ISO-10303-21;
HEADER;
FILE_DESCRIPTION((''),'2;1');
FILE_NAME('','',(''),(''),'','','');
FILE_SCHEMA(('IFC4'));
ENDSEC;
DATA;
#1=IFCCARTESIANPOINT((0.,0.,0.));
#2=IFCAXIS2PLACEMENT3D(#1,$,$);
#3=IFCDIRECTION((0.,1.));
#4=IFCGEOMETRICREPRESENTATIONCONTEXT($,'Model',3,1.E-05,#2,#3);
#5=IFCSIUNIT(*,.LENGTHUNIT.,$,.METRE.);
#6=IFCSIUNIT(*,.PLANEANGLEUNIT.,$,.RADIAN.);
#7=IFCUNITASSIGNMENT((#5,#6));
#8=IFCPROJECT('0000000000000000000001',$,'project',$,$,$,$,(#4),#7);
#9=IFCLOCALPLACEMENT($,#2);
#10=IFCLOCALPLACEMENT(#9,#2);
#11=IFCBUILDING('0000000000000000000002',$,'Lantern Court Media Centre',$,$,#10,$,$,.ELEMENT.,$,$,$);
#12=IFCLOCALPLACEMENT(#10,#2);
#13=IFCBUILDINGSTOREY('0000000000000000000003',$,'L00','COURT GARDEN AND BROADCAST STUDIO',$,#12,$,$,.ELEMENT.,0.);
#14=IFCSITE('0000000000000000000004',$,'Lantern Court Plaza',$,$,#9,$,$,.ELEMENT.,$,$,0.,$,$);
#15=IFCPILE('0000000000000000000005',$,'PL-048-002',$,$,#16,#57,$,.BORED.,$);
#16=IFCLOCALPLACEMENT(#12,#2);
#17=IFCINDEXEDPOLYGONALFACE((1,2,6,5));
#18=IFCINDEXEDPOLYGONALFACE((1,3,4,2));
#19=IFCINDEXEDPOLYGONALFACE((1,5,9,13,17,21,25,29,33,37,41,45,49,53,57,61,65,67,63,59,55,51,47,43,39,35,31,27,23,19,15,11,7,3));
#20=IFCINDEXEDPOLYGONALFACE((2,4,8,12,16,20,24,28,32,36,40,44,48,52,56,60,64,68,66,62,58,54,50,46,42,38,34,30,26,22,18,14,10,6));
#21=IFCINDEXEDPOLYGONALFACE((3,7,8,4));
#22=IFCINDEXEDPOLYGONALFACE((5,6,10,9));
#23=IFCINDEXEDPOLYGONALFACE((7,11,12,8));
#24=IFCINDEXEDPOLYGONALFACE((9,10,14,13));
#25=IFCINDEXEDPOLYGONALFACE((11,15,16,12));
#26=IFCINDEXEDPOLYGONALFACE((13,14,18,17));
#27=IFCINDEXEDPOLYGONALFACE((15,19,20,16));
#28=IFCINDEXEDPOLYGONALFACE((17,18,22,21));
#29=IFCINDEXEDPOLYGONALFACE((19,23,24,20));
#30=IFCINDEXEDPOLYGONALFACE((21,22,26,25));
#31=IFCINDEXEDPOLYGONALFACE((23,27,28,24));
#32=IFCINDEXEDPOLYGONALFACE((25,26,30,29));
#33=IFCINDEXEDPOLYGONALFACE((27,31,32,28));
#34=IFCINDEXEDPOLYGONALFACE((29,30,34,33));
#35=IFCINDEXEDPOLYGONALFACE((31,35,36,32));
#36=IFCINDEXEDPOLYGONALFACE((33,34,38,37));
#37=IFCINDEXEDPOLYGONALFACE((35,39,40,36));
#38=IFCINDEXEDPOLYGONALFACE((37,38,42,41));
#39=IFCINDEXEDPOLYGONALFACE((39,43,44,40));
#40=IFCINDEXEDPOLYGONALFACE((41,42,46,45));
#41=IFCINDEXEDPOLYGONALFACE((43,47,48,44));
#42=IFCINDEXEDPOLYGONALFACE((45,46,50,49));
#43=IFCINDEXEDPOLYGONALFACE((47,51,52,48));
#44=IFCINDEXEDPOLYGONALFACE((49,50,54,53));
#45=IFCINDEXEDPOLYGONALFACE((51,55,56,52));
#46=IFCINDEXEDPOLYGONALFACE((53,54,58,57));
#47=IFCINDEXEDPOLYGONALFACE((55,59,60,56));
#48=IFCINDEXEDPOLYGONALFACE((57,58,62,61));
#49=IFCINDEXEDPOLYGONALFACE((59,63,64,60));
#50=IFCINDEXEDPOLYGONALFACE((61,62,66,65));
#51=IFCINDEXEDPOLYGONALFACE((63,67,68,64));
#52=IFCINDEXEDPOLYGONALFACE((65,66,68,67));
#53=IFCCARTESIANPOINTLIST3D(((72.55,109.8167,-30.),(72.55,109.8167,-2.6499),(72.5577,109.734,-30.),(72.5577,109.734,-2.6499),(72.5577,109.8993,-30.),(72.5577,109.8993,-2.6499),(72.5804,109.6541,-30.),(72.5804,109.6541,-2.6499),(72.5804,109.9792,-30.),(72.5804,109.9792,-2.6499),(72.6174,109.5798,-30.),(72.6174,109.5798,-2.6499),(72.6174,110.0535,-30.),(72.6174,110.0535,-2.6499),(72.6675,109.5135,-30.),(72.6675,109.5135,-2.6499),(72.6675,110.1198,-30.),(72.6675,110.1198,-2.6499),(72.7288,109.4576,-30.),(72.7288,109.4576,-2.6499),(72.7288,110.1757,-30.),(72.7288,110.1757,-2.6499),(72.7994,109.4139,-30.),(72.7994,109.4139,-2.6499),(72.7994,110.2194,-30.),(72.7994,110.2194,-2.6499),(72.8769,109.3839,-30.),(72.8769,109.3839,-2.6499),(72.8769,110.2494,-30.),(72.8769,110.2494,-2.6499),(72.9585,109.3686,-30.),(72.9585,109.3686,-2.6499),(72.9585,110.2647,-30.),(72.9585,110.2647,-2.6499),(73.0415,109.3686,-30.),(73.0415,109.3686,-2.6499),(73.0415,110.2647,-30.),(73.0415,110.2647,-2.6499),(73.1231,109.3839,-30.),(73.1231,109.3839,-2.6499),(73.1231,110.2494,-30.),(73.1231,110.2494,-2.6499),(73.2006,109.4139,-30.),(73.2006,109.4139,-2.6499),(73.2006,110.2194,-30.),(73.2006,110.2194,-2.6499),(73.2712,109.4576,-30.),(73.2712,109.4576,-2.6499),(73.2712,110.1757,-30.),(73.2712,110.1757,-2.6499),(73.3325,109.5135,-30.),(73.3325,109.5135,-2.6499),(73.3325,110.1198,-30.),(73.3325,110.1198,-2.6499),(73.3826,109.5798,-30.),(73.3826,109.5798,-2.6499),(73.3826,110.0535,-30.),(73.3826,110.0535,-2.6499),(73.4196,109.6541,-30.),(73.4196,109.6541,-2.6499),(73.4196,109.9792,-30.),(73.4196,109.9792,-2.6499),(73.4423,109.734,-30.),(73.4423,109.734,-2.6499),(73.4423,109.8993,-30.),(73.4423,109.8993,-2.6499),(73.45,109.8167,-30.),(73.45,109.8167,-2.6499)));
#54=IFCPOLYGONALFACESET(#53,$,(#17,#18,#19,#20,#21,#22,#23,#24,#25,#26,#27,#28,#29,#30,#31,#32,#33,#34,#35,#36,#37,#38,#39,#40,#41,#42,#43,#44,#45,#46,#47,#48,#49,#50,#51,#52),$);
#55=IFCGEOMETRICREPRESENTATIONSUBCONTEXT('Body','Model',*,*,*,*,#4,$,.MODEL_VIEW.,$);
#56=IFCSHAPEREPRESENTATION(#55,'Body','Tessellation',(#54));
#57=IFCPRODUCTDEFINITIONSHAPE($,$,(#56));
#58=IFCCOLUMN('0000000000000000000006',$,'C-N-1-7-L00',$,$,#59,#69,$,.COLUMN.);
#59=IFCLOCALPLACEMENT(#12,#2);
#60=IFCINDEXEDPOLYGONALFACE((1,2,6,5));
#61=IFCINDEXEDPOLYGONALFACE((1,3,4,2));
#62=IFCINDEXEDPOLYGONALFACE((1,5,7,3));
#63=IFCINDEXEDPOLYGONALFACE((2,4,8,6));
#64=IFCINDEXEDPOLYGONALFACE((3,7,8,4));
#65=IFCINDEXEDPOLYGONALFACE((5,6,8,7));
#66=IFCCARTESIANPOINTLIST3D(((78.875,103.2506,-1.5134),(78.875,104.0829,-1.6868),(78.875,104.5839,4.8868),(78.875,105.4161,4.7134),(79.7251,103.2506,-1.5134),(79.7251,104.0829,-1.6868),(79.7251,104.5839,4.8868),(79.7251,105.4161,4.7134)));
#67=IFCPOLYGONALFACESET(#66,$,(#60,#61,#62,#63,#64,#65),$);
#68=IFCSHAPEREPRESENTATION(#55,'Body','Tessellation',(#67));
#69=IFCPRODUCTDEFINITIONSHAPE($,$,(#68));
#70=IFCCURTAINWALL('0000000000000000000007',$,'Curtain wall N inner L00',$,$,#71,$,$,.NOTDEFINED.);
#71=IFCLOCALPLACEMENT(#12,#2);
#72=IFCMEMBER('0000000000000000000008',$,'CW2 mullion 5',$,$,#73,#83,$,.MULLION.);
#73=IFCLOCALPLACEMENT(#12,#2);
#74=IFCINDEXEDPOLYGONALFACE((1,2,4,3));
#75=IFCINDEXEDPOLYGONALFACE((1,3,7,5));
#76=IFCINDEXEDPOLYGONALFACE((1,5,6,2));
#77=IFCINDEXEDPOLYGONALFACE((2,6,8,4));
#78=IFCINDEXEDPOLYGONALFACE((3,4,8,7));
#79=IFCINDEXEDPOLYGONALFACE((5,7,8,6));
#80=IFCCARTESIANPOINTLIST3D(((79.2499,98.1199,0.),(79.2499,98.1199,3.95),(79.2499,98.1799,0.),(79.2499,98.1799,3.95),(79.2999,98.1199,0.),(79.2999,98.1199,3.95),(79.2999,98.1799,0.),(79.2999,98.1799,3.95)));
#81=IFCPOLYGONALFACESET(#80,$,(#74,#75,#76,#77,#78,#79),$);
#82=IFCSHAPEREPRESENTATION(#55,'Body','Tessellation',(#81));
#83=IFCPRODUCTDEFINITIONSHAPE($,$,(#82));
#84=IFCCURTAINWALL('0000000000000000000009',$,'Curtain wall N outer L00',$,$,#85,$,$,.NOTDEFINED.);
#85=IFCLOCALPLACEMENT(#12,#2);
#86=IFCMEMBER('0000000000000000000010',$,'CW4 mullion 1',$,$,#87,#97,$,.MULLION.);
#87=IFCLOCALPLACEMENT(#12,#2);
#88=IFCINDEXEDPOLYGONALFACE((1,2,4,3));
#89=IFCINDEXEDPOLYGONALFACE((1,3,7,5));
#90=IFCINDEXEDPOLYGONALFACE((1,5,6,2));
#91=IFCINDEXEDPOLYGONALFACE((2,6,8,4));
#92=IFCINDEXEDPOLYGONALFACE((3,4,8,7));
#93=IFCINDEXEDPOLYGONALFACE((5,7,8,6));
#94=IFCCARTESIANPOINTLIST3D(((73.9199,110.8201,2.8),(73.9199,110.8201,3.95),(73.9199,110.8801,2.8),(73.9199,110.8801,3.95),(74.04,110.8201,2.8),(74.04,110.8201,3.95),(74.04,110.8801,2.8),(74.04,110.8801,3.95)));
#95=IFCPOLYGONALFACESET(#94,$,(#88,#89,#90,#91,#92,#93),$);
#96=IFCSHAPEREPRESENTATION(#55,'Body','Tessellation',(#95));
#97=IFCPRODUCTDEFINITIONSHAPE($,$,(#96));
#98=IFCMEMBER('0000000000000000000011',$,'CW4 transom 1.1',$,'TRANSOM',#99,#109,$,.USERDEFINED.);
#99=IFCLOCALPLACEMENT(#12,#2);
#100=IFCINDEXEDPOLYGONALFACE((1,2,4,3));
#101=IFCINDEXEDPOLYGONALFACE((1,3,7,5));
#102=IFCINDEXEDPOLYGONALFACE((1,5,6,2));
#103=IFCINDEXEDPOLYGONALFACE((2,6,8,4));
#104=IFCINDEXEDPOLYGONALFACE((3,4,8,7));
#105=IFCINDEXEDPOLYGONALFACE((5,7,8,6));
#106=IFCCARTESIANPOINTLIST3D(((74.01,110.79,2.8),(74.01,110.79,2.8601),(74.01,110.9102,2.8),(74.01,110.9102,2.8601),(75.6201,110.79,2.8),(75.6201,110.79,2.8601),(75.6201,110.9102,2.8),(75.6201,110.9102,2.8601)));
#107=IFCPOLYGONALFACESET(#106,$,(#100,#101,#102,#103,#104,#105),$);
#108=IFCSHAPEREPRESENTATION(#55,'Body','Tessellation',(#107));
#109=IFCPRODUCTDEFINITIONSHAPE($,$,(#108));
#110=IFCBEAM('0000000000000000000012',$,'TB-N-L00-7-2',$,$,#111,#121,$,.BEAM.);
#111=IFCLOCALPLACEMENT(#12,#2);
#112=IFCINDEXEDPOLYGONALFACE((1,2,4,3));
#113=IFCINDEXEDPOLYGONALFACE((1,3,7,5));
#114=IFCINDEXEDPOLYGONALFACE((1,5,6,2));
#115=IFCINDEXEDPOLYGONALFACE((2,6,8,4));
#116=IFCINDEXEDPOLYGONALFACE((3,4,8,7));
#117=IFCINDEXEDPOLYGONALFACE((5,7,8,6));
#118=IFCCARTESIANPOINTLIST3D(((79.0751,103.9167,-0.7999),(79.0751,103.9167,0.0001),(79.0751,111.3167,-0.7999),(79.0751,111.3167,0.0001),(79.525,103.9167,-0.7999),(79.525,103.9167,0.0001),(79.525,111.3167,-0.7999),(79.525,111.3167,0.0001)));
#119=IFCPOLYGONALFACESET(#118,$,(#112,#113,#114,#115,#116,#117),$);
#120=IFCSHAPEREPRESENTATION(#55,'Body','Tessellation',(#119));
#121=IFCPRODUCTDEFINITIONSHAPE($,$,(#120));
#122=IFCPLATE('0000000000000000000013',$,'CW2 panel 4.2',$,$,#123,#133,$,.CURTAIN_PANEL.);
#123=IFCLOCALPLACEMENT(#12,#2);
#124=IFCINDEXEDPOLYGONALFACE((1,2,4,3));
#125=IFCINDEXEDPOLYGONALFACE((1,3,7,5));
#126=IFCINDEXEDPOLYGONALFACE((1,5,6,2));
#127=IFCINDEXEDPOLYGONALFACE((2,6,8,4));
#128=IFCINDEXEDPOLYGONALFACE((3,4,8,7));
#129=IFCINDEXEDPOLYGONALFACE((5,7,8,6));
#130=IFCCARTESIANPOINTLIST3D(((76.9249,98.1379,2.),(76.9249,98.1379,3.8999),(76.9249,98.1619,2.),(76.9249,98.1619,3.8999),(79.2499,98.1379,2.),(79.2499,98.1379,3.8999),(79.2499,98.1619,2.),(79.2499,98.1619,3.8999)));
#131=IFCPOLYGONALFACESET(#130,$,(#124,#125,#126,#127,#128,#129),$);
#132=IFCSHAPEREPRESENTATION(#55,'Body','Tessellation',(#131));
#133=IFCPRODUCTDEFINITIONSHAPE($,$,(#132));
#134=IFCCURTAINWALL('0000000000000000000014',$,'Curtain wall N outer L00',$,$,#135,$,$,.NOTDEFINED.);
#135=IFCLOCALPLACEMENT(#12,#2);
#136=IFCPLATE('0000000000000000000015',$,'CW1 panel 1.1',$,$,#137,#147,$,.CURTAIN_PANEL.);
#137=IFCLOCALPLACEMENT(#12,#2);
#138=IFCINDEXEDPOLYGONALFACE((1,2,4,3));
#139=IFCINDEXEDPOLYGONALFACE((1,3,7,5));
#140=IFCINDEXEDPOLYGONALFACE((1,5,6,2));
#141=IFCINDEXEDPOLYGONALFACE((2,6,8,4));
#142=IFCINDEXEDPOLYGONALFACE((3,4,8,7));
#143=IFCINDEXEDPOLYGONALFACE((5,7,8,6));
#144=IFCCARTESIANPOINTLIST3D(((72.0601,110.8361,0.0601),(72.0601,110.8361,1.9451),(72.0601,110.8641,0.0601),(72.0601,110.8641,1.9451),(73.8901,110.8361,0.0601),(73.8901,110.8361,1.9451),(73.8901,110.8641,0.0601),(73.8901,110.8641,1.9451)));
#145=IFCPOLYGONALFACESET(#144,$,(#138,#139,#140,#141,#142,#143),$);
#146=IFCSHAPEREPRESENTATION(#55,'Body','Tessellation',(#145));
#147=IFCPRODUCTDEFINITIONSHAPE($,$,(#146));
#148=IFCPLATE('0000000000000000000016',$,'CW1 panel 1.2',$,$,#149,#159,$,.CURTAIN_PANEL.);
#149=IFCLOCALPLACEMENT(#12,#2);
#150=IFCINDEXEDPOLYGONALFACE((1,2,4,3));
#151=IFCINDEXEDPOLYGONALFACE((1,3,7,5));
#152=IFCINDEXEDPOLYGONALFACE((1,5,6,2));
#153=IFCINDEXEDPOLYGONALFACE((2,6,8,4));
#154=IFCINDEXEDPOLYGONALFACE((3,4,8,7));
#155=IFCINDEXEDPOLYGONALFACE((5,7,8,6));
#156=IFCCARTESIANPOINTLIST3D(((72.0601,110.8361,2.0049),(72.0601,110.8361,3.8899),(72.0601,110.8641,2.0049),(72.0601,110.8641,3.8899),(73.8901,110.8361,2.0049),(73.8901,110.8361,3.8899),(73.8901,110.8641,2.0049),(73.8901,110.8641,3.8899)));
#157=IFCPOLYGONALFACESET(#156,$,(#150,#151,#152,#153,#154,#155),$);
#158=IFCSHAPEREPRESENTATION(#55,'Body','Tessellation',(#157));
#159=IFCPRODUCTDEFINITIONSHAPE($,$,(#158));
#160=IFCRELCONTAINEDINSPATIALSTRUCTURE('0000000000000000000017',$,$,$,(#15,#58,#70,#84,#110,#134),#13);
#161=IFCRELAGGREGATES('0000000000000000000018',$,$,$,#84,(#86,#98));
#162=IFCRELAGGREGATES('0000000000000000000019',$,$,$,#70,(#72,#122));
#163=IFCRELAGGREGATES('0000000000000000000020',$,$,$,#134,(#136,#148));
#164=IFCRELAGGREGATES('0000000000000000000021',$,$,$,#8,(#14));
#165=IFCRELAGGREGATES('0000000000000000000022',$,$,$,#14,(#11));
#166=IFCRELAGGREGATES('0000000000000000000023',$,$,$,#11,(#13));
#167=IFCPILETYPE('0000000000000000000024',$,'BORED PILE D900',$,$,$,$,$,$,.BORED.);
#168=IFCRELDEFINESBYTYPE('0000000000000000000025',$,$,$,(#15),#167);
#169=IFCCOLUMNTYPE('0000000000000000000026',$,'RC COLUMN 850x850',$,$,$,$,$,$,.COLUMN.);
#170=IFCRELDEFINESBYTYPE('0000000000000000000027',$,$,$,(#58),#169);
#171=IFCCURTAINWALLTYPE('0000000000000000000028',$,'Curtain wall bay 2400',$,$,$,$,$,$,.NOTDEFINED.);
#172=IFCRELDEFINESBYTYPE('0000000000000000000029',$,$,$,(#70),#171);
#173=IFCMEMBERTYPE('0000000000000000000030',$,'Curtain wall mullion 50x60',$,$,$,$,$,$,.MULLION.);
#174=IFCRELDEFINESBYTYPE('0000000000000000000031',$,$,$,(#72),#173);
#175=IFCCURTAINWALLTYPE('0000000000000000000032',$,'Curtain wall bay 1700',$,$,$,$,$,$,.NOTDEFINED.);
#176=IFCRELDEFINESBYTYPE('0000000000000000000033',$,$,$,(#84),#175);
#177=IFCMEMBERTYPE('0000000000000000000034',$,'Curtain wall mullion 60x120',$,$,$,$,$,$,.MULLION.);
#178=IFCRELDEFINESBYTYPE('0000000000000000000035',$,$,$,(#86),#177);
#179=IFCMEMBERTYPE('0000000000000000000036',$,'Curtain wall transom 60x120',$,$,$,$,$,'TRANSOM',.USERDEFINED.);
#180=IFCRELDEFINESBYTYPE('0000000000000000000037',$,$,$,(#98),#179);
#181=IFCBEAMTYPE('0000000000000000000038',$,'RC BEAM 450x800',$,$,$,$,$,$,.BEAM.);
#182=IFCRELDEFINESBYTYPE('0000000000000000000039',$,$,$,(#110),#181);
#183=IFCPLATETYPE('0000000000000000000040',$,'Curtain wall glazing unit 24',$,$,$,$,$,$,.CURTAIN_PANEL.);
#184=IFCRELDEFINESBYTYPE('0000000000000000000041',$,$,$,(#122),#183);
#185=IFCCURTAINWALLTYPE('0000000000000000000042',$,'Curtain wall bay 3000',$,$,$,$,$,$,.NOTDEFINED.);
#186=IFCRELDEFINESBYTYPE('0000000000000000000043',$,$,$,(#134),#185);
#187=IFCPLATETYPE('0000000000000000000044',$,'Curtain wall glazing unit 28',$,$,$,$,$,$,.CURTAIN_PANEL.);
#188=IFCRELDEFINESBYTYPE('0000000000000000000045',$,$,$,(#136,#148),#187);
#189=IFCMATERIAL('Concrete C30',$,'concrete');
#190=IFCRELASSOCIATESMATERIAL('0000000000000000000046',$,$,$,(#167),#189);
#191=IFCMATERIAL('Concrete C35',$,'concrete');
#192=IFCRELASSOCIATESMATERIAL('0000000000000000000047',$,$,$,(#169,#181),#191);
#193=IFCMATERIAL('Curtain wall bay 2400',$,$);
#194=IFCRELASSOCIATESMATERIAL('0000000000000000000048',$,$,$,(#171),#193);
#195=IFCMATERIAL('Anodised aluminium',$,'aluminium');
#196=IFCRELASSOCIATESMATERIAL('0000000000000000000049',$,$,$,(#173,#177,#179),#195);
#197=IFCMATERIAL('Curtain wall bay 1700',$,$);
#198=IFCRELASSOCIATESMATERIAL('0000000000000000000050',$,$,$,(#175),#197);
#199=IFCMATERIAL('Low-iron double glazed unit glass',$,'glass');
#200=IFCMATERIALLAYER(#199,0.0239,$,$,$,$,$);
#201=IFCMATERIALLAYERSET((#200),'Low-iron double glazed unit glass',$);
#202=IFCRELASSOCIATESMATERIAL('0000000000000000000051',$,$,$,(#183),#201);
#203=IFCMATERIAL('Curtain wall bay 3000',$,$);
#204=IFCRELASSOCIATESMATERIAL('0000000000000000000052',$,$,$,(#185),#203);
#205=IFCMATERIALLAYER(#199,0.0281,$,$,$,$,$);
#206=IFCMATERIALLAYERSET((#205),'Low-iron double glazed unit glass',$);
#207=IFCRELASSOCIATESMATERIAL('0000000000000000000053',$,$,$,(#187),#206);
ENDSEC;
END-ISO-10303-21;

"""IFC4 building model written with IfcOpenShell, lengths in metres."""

from ifc_helpers import new_model, si_unit, direction, frame, origin, origin_2d, place, context, subcontext, project, spatial, rectangle, circle, extrude, material, layer, layer_set, material_profile, profile_set, type_object, element, aggregate, save


model = new_model("IFC4")

# Units and contexts
model_context = context("Model", 3, precision=1e-05, world=origin(), true_north=direction((0.0, 1.0)))
body_context = subcontext(model_context, "Body", "Model", "MODEL_VIEW")
ifc_project = project(units=[si_unit("LENGTHUNIT", "METRE"), si_unit("PLANEANGLEUNIT", "RADIAN")], contexts=[model_context])

# Site, building, storey
site_placement = place(None, origin())
site = spatial("IfcSite", under=ifc_project, at=site_placement, Name="Lantern Court Plaza", CompositionType="ELEMENT", RefElevation=0.0)
building_placement = place(site_placement, origin())
building = spatial("IfcBuilding", under=site, at=building_placement, Name="Lantern Court Media Centre", CompositionType="ELEMENT")
storey_placement = place(building_placement, origin())
storey = spatial("IfcBuildingStorey", under=building, at=storey_placement, Name="L00", Description="COURT GARDEN AND BROADCAST STUDIO", CompositionType="ELEMENT", Elevation=0.0)

# Pile
ifc_material_1 = material(Name="Concrete C30", Category="concrete")
ifc_material_profile_1 = material_profile(ifc_material_1, circle(Radius=0.45, at=origin_2d()), Name="D900")
ifc_profile_set_1 = profile_set([ifc_material_profile_1], Name="Concrete C30")
pile_type_1 = type_object("IfcPileType", Name="BORED PILE D900", PredefinedType="BORED", material=ifc_profile_set_1)
for number, where, z_axis, x_axis, name in (
    (1, (73.0, 109.8167, -2.6499), (0.0, 0.0, -1.0), (1.0, 0.0, 0.0), "PL-048-002"),
):
    element("IfcPile", number, at=place(storey_placement, frame(where, z_axis=z_axis, x_axis=x_axis)), inside=storey, type_object=pile_type_1, Name=name, PredefinedType="BORED", context=body_context, shape_type="SweptSolid", body=[
        extrude(circle(Radius=0.45, at=origin_2d()), origin(), (0.0, 0.0, 1.0), 27.3501),
    ])

# Column
ifc_material_2 = material(Name="Concrete C35", Category="concrete")
ifc_material_profile_2 = material_profile(ifc_material_2, rectangle(XDim=0.8501, YDim=0.8501, at=origin_2d()), Name="RC 850x850")
ifc_profile_set_2 = profile_set([ifc_material_profile_2], Name="Concrete C35")
column_type = type_object("IfcColumnType", Name="RC COLUMN 850x850", PredefinedType="COLUMN", material=ifc_profile_set_2)
column_placement = place(storey_placement, frame((79.3, 103.6667, -1.6001), z_axis=(0.0, 0.203938, 0.978984), x_axis=(-1.0, 0.0, 0.0)))
element("IfcColumn", 2, at=column_placement, inside=storey, type_object=column_type, Name="C-N-1-7-L00", PredefinedType="COLUMN", context=body_context, shape_type="SweptSolid", body=[
    extrude(rectangle(XDim=0.8501, YDim=0.8501, at=origin_2d()), origin(), (0.0, 0.0, 1.0), 6.5376),
])

# Curtain wall, member
ifc_material_3 = material(Name="Curtain wall bay 2400")
curtain_wall_type_1 = type_object("IfcCurtainWallType", Name="Curtain wall bay 2400", PredefinedType="NOTDEFINED", material=ifc_material_3)
curtain_wall_1_placement = place(storey_placement, origin())
curtain_wall_1 = element("IfcCurtainWall", 3, at=curtain_wall_1_placement, inside=storey, type_object=curtain_wall_type_1, Name="Curtain wall N inner L00", PredefinedType="NOTDEFINED")
ifc_material_4 = material(Name="Anodised aluminium", Category="aluminium")
ifc_material_profile_3 = material_profile(ifc_material_4, rectangle(XDim=0.0601, YDim=0.05, at=origin_2d()), Name="AL 50x60")
ifc_profile_set_3 = profile_set([ifc_material_profile_3], Name="Anodised aluminium")
member_type_1 = type_object("IfcMemberType", Name="Curtain wall mullion 50x60", PredefinedType="MULLION", material=ifc_profile_set_3)
member_1_placement = place(storey_placement, frame((79.2749, 98.1499, 0.0), z_axis=(0.0, 0.0, 1.0), x_axis=(0.0, 1.0, 0.0)))
member_1 = element("IfcMember", 4, at=member_1_placement, type_object=member_type_1, Name="CW2 mullion 5", PredefinedType="MULLION", context=body_context, shape_type="SweptSolid", body=[
    extrude(rectangle(XDim=0.0601, YDim=0.05, at=origin_2d()), origin(), (0.0, 0.0, 1.0), 3.95),
])

# Curtain wall, members
ifc_material_5 = material(Name="Curtain wall bay 1700")
curtain_wall_type_2 = type_object("IfcCurtainWallType", Name="Curtain wall bay 1700", PredefinedType="NOTDEFINED", material=ifc_material_5)
curtain_wall_2_placement = place(storey_placement, origin())
curtain_wall_2 = element("IfcCurtainWall", 5, at=curtain_wall_2_placement, inside=storey, type_object=curtain_wall_type_2, Name="Curtain wall N outer L00", PredefinedType="NOTDEFINED")
ifc_material_profile_4 = material_profile(ifc_material_4, rectangle(XDim=0.0601, YDim=0.1201, at=origin_2d()), Name="AL 60x120")
ifc_profile_set_4 = profile_set([ifc_material_profile_4], Name="Anodised aluminium")
member_type_2 = type_object("IfcMemberType", Name="Curtain wall mullion 60x120", PredefinedType="MULLION", material=ifc_profile_set_4)
member_2_placement = place(storey_placement, frame((73.98, 110.8501, 2.8), z_axis=(0.0, 0.0, 1.0), x_axis=(0.0, 1.0, 0.0)))
member_2 = element("IfcMember", 6, at=member_2_placement, type_object=member_type_2, Name="CW4 mullion 1", PredefinedType="MULLION", context=body_context, shape_type="SweptSolid", body=[
    extrude(rectangle(XDim=0.0601, YDim=0.1201, at=origin_2d()), origin(), (0.0, 0.0, 1.0), 1.1499),
])
ifc_material_profile_5 = material_profile(ifc_material_4, rectangle(XDim=0.1201, YDim=0.0601, at=origin_2d()), Name="AL 60x120")
ifc_profile_set_5 = profile_set([ifc_material_profile_5], Name="Anodised aluminium")
member_type_3 = type_object("IfcMemberType", Name="Curtain wall transom 60x120", ElementType="TRANSOM", PredefinedType="USERDEFINED", material=ifc_profile_set_5)
member_3_placement = place(storey_placement, frame((74.01, 110.8501, 2.8301), z_axis=(1.0, 0.0, 0.0), x_axis=(0.0, 1.0, 0.0)))
member_3 = element("IfcMember", 7, at=member_3_placement, type_object=member_type_3, Name="CW4 transom 1.1", ObjectType="TRANSOM", PredefinedType="USERDEFINED", context=body_context, shape_type="SweptSolid", body=[
    extrude(rectangle(XDim=0.1201, YDim=0.0601, at=origin_2d()), origin(), (0.0, 0.0, 1.0), 1.6101),
])
aggregate(curtain_wall_2, [member_2, member_3])

# Beam
ifc_material_profile_6 = material_profile(ifc_material_2, rectangle(XDim=0.45, YDim=0.8, at=origin_2d()), Name="RC 450x800")
ifc_profile_set_6 = profile_set([ifc_material_profile_6], Name="Concrete C35")
beam_type = type_object("IfcBeamType", Name="RC BEAM 450x800", PredefinedType="BEAM", material=ifc_profile_set_6)
beam_placement = place(storey_placement, frame((79.3, 103.9167, -0.3999), z_axis=(0.0, 1.0, 0.0), x_axis=(-1.0, 0.0, 0.0)))
element("IfcBeam", 8, at=beam_placement, inside=storey, type_object=beam_type, Name="TB-N-L00-7-2", PredefinedType="BEAM", context=body_context, shape_type="SweptSolid", body=[
    extrude(rectangle(XDim=0.45, YDim=0.8, at=origin_2d()), origin(), (0.0, 0.0, 1.0), 7.3999),
])

# Plate
ifc_material_6 = material(Name="Low-iron double glazed unit glass", Category="glass")
ifc_layer_1 = layer(ifc_material_6, 0.0239)
ifc_layer_set_1 = layer_set([ifc_layer_1], Name="Low-iron double glazed unit glass")
plate_type_1 = type_object("IfcPlateType", Name="Curtain wall glazing unit 24", PredefinedType="CURTAIN_PANEL", material=ifc_layer_set_1)
plate_1_placement = place(storey_placement, frame((78.0874, 98.1499, 2.0), z_axis=(0.0, 0.0, 1.0), x_axis=(1.0, 0.0, 0.0)))
plate_1 = element("IfcPlate", 9, at=plate_1_placement, type_object=plate_type_1, Name="CW2 panel 4.2", PredefinedType="CURTAIN_PANEL", context=body_context, shape_type="SweptSolid", body=[
    extrude(rectangle(XDim=2.325, YDim=0.0239, at=origin_2d()), origin(), (0.0, 0.0, 1.0), 1.8999),
])
aggregate(curtain_wall_1, [member_1, plate_1])

# Curtain wall, plates
ifc_material_7 = material(Name="Curtain wall bay 3000")
curtain_wall_type_3 = type_object("IfcCurtainWallType", Name="Curtain wall bay 3000", PredefinedType="NOTDEFINED", material=ifc_material_7)
curtain_wall_3_placement = place(storey_placement, origin())
curtain_wall_3 = element("IfcCurtainWall", 10, at=curtain_wall_3_placement, inside=storey, type_object=curtain_wall_type_3, Name="Curtain wall N outer L00", PredefinedType="NOTDEFINED")
ifc_layer_2 = layer(ifc_material_6, 0.0281)
ifc_layer_set_2 = layer_set([ifc_layer_2], Name="Low-iron double glazed unit glass")
plate_type_2 = type_object("IfcPlateType", Name="Curtain wall glazing unit 28", PredefinedType="CURTAIN_PANEL", material=ifc_layer_set_2)
plate_2_placement = place(storey_placement, frame((72.9751, 110.8501, 0.0601), z_axis=(0.0, 0.0, 1.0), x_axis=(1.0, 0.0, 0.0)))
plate_2 = element("IfcPlate", 11, at=plate_2_placement, type_object=plate_type_2, Name="CW1 panel 1.1", PredefinedType="CURTAIN_PANEL", context=body_context, shape_type="SweptSolid", body=[
    extrude(rectangle(XDim=1.8301, YDim=0.0281, at=origin_2d()), origin(), (0.0, 0.0, 1.0), 1.885),
])
plate_3_placement = place(storey_placement, frame((72.9751, 110.8501, 2.0049), z_axis=(0.0, 0.0, 1.0), x_axis=(1.0, 0.0, 0.0)))
plate_3 = element("IfcPlate", 12, at=plate_3_placement, type_object=plate_type_2, Name="CW1 panel 1.2", PredefinedType="CURTAIN_PANEL", context=body_context, shape_type="SweptSolid", body=[
    extrude(rectangle(XDim=1.8301, YDim=0.0281, at=origin_2d()), origin(), (0.0, 0.0, 1.0), 1.885),
])
aggregate(curtain_wall_3, [plate_2, plate_3])

save(model, "model.ifc")
